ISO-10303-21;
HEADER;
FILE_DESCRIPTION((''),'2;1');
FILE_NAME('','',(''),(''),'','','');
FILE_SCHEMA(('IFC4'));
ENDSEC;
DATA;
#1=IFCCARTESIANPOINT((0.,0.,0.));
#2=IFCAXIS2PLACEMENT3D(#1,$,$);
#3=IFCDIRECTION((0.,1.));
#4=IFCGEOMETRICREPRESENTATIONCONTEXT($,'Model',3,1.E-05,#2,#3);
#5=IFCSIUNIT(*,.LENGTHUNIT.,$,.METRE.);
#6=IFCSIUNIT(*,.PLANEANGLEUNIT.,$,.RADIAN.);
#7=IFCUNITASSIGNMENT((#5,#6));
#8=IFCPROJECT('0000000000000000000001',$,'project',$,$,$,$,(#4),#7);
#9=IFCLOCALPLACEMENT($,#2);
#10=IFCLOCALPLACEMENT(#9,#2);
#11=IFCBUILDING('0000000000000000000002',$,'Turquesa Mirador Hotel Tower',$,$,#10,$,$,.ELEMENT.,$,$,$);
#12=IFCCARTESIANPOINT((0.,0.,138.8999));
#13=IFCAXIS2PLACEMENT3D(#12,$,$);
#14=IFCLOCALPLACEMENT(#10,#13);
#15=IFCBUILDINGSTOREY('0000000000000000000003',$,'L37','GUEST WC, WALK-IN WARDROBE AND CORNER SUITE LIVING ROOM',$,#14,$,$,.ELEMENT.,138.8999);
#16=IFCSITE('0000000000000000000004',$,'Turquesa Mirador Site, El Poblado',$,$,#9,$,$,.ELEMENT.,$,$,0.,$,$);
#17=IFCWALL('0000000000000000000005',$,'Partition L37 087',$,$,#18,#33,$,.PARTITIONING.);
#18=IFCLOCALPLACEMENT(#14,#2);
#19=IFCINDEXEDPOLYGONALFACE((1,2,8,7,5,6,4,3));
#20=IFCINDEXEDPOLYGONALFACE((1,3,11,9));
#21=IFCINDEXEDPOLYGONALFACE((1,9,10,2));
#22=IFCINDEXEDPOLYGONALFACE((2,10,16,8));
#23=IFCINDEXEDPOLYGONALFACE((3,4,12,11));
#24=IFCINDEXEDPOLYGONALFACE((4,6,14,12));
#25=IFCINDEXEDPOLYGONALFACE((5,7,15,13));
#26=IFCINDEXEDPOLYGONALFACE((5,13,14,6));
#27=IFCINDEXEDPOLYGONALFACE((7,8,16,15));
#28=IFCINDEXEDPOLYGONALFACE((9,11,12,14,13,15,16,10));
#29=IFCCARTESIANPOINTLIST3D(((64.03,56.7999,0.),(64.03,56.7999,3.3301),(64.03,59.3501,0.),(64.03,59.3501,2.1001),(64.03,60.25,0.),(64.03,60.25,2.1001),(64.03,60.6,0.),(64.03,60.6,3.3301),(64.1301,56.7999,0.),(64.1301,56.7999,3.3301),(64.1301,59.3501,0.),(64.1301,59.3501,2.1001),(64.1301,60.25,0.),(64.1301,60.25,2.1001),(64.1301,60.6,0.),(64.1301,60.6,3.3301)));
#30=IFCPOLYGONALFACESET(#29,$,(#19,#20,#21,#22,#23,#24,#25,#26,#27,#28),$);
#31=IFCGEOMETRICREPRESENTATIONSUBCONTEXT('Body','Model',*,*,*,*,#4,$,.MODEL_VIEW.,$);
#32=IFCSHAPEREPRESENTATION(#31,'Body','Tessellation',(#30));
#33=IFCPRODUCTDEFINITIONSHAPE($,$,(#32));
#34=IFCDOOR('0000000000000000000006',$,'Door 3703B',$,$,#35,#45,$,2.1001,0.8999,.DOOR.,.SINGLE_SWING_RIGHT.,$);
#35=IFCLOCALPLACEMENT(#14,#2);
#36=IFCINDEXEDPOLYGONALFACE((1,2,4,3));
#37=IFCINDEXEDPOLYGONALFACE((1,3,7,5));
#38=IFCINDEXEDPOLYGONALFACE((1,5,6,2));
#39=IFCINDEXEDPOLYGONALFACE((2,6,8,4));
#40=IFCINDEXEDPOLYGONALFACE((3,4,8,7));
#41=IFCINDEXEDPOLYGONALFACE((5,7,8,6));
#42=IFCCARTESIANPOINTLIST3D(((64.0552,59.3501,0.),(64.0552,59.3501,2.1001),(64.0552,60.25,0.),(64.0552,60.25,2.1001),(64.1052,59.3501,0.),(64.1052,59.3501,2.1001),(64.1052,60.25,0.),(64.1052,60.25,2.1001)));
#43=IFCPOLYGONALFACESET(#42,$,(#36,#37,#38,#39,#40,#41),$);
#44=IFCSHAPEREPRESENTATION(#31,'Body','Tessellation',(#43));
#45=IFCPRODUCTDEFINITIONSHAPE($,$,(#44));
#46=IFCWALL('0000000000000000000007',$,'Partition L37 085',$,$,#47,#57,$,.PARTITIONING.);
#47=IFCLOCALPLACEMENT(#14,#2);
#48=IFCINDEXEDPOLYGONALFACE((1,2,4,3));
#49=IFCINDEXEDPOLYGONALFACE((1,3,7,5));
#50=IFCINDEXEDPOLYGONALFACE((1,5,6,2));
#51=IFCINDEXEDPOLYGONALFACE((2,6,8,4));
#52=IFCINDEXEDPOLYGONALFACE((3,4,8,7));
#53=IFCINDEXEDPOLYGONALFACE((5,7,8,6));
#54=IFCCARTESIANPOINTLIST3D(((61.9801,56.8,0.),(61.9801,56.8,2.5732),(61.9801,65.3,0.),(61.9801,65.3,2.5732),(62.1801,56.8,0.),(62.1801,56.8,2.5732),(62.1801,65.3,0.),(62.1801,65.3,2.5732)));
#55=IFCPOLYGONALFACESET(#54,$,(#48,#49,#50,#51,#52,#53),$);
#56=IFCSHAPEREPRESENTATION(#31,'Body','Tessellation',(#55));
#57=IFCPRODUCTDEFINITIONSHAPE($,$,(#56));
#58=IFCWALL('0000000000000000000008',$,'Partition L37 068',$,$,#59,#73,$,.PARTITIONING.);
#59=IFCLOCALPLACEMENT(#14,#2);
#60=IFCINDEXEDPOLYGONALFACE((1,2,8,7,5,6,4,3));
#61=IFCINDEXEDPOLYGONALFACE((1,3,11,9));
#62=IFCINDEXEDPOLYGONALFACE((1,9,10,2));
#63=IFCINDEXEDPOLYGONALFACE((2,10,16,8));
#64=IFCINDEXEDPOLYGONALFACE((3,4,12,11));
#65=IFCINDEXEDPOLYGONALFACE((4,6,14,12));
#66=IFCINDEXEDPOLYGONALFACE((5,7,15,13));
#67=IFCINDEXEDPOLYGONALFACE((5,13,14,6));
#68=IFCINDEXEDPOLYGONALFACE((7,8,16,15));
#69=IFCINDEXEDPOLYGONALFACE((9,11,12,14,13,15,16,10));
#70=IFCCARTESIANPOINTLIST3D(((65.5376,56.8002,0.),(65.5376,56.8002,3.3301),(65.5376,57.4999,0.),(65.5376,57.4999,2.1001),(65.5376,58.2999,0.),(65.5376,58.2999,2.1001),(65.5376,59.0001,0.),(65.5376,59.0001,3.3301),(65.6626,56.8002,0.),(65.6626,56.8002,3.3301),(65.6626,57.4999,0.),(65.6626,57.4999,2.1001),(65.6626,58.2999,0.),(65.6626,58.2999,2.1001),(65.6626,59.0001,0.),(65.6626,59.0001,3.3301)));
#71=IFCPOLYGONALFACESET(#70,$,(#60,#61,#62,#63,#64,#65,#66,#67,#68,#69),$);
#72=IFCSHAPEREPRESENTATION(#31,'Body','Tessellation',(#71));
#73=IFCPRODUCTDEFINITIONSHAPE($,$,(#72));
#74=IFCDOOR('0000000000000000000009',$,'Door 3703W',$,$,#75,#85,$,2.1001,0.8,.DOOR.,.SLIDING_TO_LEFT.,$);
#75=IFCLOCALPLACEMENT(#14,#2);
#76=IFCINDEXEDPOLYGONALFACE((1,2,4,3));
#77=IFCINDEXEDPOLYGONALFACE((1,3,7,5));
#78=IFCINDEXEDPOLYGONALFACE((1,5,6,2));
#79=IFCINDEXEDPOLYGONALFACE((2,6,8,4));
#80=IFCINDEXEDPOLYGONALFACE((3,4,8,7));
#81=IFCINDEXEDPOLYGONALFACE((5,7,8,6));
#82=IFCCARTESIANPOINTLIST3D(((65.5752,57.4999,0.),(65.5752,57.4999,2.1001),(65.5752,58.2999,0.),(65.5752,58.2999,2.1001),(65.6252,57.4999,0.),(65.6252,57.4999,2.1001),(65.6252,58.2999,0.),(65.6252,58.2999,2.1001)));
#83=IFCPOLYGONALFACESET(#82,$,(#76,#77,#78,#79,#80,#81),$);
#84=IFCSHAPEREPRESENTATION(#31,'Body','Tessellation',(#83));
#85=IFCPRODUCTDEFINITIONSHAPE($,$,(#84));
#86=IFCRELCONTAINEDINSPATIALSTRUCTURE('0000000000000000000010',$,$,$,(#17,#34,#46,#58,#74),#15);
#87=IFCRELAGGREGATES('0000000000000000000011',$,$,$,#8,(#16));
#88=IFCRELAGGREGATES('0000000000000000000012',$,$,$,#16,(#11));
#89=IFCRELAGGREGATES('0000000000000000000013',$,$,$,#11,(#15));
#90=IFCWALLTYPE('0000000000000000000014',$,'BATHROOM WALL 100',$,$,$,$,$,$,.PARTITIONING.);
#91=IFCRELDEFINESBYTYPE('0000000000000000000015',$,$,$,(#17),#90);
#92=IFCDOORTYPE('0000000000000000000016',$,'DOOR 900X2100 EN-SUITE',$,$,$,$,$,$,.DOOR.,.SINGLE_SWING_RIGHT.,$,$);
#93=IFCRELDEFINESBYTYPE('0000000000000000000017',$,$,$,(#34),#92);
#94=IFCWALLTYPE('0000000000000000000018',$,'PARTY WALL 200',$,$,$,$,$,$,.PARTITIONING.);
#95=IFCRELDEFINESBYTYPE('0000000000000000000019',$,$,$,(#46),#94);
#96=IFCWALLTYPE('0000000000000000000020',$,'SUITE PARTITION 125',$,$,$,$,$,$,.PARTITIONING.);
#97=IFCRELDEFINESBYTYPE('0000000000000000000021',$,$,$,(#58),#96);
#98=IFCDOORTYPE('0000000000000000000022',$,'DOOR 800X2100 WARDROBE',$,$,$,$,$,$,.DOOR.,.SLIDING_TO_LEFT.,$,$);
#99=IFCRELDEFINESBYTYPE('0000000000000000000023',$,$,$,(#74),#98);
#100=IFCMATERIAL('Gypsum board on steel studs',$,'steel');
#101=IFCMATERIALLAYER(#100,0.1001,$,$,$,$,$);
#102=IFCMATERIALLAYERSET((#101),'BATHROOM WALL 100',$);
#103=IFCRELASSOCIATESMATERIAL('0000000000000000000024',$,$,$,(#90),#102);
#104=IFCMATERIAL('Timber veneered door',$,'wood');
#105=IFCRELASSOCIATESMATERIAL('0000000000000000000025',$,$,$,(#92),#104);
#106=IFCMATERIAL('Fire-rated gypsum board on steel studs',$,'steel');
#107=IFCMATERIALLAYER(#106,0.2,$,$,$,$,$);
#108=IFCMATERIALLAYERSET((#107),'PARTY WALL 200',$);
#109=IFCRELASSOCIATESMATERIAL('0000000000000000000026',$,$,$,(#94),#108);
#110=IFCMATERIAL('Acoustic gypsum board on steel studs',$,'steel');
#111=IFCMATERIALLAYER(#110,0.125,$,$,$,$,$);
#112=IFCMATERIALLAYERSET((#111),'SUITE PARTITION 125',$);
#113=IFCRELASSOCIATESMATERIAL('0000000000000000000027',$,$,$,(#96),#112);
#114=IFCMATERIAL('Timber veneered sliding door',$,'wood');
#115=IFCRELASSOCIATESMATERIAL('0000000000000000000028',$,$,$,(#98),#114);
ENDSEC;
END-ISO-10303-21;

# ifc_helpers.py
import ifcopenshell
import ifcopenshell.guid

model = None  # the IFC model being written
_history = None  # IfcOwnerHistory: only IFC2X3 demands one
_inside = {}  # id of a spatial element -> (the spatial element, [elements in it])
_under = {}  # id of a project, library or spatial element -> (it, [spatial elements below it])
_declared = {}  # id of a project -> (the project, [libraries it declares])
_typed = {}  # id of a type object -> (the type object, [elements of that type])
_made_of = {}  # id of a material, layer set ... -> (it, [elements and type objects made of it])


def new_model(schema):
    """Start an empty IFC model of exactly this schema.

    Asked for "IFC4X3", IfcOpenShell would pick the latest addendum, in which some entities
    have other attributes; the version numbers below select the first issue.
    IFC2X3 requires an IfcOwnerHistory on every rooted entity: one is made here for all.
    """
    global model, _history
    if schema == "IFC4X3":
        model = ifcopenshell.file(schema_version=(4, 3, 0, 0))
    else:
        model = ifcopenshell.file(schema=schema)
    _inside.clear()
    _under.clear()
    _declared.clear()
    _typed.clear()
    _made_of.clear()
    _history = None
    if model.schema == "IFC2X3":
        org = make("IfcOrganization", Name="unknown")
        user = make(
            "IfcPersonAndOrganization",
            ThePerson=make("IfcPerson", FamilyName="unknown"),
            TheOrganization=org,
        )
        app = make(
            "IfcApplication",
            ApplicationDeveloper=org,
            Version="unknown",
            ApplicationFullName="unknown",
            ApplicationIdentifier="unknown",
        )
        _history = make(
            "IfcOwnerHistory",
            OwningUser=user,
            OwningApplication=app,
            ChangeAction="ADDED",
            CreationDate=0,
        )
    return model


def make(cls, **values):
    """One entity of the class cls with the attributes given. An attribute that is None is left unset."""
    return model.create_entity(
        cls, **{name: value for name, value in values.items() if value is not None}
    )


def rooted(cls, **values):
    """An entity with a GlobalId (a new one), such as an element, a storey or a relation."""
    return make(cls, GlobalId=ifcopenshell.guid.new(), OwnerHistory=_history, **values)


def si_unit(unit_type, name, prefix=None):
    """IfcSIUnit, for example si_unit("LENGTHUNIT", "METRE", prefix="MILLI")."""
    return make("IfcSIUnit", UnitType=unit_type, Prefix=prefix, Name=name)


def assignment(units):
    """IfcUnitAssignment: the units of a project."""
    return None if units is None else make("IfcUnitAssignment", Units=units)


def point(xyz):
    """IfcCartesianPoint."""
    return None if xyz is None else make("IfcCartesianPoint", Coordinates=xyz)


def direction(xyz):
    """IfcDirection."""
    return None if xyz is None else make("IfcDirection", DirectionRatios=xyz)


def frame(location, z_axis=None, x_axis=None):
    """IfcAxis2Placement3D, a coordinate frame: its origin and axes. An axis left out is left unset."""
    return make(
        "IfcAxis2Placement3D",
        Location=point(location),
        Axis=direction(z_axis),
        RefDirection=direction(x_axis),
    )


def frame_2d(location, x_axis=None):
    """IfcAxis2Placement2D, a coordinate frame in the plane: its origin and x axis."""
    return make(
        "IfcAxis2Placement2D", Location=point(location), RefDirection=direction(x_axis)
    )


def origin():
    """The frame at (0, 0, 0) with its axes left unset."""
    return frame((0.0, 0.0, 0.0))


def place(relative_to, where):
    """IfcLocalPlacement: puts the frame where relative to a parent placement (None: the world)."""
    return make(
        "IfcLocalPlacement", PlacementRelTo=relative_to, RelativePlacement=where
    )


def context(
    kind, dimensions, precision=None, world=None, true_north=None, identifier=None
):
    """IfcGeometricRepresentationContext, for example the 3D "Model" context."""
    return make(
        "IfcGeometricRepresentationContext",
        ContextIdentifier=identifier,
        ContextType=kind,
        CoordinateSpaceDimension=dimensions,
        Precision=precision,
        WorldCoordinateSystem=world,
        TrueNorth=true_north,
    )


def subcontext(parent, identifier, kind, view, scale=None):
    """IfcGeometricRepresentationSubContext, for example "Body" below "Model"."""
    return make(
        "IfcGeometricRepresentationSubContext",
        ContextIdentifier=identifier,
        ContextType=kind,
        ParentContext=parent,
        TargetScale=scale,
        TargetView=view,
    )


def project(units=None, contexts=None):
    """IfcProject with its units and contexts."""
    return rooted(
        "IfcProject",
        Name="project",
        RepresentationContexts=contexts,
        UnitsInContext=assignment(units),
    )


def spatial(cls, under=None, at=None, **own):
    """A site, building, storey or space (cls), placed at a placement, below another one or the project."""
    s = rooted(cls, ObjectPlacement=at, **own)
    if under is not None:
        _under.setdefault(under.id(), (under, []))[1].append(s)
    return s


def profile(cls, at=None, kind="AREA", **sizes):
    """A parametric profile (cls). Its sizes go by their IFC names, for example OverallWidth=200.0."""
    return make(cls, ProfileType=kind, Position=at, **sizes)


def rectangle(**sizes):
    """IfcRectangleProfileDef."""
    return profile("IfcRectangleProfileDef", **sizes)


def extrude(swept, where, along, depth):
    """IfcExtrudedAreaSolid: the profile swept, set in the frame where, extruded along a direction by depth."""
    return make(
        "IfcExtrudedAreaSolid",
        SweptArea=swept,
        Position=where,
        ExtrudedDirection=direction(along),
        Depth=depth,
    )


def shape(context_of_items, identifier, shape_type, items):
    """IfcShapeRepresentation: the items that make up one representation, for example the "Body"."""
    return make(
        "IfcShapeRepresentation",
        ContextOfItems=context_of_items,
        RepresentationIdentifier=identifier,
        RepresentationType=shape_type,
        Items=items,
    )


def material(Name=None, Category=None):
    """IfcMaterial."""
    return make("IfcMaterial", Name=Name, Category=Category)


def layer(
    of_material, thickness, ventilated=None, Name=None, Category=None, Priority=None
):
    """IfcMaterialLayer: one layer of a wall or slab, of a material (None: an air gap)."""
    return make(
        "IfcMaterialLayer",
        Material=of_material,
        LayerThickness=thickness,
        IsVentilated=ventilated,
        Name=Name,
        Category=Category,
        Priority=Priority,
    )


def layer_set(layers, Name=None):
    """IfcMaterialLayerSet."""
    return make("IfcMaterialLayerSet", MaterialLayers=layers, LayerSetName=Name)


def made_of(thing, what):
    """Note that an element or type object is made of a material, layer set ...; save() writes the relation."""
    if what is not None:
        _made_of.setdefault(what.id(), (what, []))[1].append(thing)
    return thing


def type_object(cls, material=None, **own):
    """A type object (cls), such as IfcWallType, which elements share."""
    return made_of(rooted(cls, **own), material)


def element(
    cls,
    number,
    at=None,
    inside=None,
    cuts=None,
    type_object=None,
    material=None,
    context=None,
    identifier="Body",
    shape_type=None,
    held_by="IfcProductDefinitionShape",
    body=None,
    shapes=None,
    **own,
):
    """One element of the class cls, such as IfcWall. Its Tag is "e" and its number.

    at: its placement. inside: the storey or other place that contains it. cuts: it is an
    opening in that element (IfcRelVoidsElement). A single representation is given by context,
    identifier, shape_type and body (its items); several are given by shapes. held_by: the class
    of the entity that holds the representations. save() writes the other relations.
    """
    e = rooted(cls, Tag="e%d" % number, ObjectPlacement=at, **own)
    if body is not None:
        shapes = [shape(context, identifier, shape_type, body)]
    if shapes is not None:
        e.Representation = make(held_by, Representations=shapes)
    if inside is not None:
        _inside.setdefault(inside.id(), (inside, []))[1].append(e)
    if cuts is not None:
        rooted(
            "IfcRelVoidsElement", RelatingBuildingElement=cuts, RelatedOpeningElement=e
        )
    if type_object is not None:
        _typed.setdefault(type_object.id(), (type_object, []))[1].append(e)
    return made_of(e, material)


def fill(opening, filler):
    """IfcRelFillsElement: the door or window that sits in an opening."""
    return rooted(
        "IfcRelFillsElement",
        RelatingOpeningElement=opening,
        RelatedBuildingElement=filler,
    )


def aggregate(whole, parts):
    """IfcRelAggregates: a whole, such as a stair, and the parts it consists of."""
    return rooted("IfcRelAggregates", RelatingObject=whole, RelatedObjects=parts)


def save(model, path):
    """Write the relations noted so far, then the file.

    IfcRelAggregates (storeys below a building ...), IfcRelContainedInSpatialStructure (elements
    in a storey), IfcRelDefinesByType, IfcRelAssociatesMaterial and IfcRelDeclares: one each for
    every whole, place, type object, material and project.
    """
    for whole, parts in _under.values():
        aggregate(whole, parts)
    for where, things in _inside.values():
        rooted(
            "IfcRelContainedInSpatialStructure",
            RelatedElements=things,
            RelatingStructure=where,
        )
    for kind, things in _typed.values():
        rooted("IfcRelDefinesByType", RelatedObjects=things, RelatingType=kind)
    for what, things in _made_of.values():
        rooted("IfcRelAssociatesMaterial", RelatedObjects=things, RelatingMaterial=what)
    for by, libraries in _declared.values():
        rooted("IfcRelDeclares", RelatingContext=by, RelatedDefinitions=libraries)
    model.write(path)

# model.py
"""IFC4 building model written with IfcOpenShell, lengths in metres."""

from ifc_helpers import new_model, si_unit, direction, frame, frame_2d, origin, place, context, subcontext, project, spatial, rectangle, extrude, material, layer, layer_set, type_object, element, fill, save


model = new_model("IFC4")

# Units and contexts
model_context = context("Model", 3, precision=1e-05, world=origin(), true_north=direction((0.0, 1.0)))
body_context = subcontext(model_context, "Body", "Model", "MODEL_VIEW")
ifc_project = project(units=[si_unit("LENGTHUNIT", "METRE"), si_unit("PLANEANGLEUNIT", "RADIAN")], contexts=[model_context])

# Site, building, storey
site_placement = place(None, origin())
site = spatial("IfcSite", under=ifc_project, at=site_placement, Name="Turquesa Mirador Site, El Poblado", CompositionType="ELEMENT", RefElevation=0.0)
building_placement = place(site_placement, origin())
building = spatial("IfcBuilding", under=site, at=building_placement, Name="Turquesa Mirador Hotel Tower", CompositionType="ELEMENT")
storey_placement = place(building_placement, frame((0.0, 0.0, 138.8999)))
storey = spatial("IfcBuildingStorey", under=building, at=storey_placement, Name="L37", Description="GUEST WC, WALK-IN WARDROBE AND CORNER SUITE LIVING ROOM", CompositionType="ELEMENT", Elevation=138.8999)

# Shared definitions
ifc_material_1 = material(Name="Gypsum board on steel studs", Category="steel")
ifc_layer_1 = layer(ifc_material_1, 0.1001)
ifc_layer_set_1 = layer_set([ifc_layer_1], Name="BATHROOM WALL 100")
wall_type_1 = type_object("IfcWallType", Name="BATHROOM WALL 100", PredefinedType="PARTITIONING", material=ifc_layer_set_1)
ifc_material_2 = material(Name="Timber veneered door", Category="wood")
door_type_1 = type_object("IfcDoorType", Name="DOOR 900X2100 EN-SUITE", OperationType="SINGLE_SWING_RIGHT", PredefinedType="DOOR", material=ifc_material_2)

# Wall, opening, door
wall_1_placement = place(storey_placement, frame((64.0801, 56.8, 0.0), z_axis=(0.0, 0.0, 1.0), x_axis=(0.0, 1.0, 0.0)))
wall_1 = element("IfcWall", 1, at=wall_1_placement, inside=storey, type_object=wall_type_1, Name="Partition L37 087", PredefinedType="PARTITIONING", context=body_context, shape_type="SweptSolid", body=[
    extrude(rectangle(XDim=3.8, YDim=0.1001, at=frame_2d((1.8999, 0.0))), origin(), (0.0, 0.0, 1.0), 3.3301),
])
opening_1_placement = place(wall_1_placement, frame((2.55, 0.0, 0.0)))
opening_1 = element("IfcOpeningElement", 2, at=opening_1_placement, cuts=wall_1, PredefinedType="OPENING", context=body_context, shape_type="SweptSolid", body=[
    extrude(rectangle(XDim=0.8999, YDim=2.1001, at=frame_2d((0.45, 1.05))), frame((0.0, 0.0601, 0.0), z_axis=(0.0, -1.0, 0.0), x_axis=(1.0, 0.0, 0.0)), (0.0, 0.0, 1.0), 0.1201),
])
door_1_placement = place(opening_1_placement, origin())
door_1 = element("IfcDoor", 3, at=door_1_placement, inside=storey, type_object=door_type_1, Name="Door 3703B", OperationType="SINGLE_SWING_RIGHT", OverallHeight=2.1001, OverallWidth=0.8999, PredefinedType="DOOR", context=body_context, shape_type="SweptSolid", body=[
    extrude(rectangle(XDim=0.8999, YDim=2.1001, at=frame_2d((0.45, 1.05))), frame((0.0, 0.0249, 0.0), z_axis=(0.0, -1.0, 0.0), x_axis=(1.0, 0.0, 0.0)), (0.0, 0.0, 1.0), 0.05),
])
fill(opening_1, door_1)

# Wall
ifc_material_3 = material(Name="Fire-rated gypsum board on steel studs", Category="steel")
ifc_layer_2 = layer(ifc_material_3, 0.2)
ifc_layer_set_2 = layer_set([ifc_layer_2], Name="PARTY WALL 200")
wall_type_2 = type_object("IfcWallType", Name="PARTY WALL 200", PredefinedType="PARTITIONING", material=ifc_layer_set_2)
wall_2_placement = place(storey_placement, frame((62.0801, 56.8, 0.0), z_axis=(0.0, 0.0, 1.0), x_axis=(0.0, 1.0, 0.0)))
element("IfcWall", 4, at=wall_2_placement, inside=storey, type_object=wall_type_2, Name="Partition L37 085", PredefinedType="PARTITIONING", context=body_context, shape_type="SweptSolid", body=[
    extrude(rectangle(XDim=8.5, YDim=0.2, at=frame_2d((4.25, 0.0))), origin(), (0.0, 0.0, 1.0), 2.5732),
])

# Wall, opening, door
ifc_material_4 = material(Name="Acoustic gypsum board on steel studs", Category="steel")
ifc_layer_3 = layer(ifc_material_4, 0.125)
ifc_layer_set_3 = layer_set([ifc_layer_3], Name="SUITE PARTITION 125")
wall_type_3 = type_object("IfcWallType", Name="SUITE PARTITION 125", PredefinedType="PARTITIONING", material=ifc_layer_set_3)
wall_3_placement = place(storey_placement, frame((65.6001, 56.8, 0.0), z_axis=(0.0, 0.0, 1.0), x_axis=(0.0, 1.0, 0.0)))
wall_3 = element("IfcWall", 5, at=wall_3_placement, inside=storey, type_object=wall_type_3, Name="Partition L37 068", PredefinedType="PARTITIONING", context=body_context, shape_type="SweptSolid", body=[
    extrude(rectangle(XDim=2.2, YDim=0.125, at=frame_2d((1.1001, 0.0))), origin(), (0.0, 0.0, 1.0), 3.3301),
])
opening_2_placement = place(wall_3_placement, frame((0.7, 0.0, 0.0)))
opening_2 = element("IfcOpeningElement", 6, at=opening_2_placement, cuts=wall_3, PredefinedType="OPENING", context=body_context, shape_type="SweptSolid", body=[
    extrude(rectangle(XDim=0.8, YDim=2.1001, at=frame_2d((0.3999, 1.05))), frame((0.0, 0.0725, 0.0), z_axis=(0.0, -1.0, 0.0), x_axis=(1.0, 0.0, 0.0)), (0.0, 0.0, 1.0), 0.145),
])
ifc_material_5 = material(Name="Timber veneered sliding door", Category="wood")
door_type_2 = type_object("IfcDoorType", Name="DOOR 800X2100 WARDROBE", OperationType="SLIDING_TO_LEFT", PredefinedType="DOOR", material=ifc_material_5)
door_2_placement = place(opening_2_placement, origin())
door_2 = element("IfcDoor", 7, at=door_2_placement, inside=storey, type_object=door_type_2, Name="Door 3703W", OperationType="SLIDING_TO_LEFT", OverallHeight=2.1001, OverallWidth=0.8, PredefinedType="DOOR", context=body_context, shape_type="SweptSolid", body=[
    extrude(rectangle(XDim=0.8, YDim=2.1001, at=frame_2d((0.3999, 1.05))), frame((0.0, 0.0249, 0.0), z_axis=(0.0, -1.0, 0.0), x_axis=(1.0, 0.0, 0.0)), (0.0, 0.0, 1.0), 0.05),
])
fill(opening_2, door_2)

save(model, "model.ifc")
